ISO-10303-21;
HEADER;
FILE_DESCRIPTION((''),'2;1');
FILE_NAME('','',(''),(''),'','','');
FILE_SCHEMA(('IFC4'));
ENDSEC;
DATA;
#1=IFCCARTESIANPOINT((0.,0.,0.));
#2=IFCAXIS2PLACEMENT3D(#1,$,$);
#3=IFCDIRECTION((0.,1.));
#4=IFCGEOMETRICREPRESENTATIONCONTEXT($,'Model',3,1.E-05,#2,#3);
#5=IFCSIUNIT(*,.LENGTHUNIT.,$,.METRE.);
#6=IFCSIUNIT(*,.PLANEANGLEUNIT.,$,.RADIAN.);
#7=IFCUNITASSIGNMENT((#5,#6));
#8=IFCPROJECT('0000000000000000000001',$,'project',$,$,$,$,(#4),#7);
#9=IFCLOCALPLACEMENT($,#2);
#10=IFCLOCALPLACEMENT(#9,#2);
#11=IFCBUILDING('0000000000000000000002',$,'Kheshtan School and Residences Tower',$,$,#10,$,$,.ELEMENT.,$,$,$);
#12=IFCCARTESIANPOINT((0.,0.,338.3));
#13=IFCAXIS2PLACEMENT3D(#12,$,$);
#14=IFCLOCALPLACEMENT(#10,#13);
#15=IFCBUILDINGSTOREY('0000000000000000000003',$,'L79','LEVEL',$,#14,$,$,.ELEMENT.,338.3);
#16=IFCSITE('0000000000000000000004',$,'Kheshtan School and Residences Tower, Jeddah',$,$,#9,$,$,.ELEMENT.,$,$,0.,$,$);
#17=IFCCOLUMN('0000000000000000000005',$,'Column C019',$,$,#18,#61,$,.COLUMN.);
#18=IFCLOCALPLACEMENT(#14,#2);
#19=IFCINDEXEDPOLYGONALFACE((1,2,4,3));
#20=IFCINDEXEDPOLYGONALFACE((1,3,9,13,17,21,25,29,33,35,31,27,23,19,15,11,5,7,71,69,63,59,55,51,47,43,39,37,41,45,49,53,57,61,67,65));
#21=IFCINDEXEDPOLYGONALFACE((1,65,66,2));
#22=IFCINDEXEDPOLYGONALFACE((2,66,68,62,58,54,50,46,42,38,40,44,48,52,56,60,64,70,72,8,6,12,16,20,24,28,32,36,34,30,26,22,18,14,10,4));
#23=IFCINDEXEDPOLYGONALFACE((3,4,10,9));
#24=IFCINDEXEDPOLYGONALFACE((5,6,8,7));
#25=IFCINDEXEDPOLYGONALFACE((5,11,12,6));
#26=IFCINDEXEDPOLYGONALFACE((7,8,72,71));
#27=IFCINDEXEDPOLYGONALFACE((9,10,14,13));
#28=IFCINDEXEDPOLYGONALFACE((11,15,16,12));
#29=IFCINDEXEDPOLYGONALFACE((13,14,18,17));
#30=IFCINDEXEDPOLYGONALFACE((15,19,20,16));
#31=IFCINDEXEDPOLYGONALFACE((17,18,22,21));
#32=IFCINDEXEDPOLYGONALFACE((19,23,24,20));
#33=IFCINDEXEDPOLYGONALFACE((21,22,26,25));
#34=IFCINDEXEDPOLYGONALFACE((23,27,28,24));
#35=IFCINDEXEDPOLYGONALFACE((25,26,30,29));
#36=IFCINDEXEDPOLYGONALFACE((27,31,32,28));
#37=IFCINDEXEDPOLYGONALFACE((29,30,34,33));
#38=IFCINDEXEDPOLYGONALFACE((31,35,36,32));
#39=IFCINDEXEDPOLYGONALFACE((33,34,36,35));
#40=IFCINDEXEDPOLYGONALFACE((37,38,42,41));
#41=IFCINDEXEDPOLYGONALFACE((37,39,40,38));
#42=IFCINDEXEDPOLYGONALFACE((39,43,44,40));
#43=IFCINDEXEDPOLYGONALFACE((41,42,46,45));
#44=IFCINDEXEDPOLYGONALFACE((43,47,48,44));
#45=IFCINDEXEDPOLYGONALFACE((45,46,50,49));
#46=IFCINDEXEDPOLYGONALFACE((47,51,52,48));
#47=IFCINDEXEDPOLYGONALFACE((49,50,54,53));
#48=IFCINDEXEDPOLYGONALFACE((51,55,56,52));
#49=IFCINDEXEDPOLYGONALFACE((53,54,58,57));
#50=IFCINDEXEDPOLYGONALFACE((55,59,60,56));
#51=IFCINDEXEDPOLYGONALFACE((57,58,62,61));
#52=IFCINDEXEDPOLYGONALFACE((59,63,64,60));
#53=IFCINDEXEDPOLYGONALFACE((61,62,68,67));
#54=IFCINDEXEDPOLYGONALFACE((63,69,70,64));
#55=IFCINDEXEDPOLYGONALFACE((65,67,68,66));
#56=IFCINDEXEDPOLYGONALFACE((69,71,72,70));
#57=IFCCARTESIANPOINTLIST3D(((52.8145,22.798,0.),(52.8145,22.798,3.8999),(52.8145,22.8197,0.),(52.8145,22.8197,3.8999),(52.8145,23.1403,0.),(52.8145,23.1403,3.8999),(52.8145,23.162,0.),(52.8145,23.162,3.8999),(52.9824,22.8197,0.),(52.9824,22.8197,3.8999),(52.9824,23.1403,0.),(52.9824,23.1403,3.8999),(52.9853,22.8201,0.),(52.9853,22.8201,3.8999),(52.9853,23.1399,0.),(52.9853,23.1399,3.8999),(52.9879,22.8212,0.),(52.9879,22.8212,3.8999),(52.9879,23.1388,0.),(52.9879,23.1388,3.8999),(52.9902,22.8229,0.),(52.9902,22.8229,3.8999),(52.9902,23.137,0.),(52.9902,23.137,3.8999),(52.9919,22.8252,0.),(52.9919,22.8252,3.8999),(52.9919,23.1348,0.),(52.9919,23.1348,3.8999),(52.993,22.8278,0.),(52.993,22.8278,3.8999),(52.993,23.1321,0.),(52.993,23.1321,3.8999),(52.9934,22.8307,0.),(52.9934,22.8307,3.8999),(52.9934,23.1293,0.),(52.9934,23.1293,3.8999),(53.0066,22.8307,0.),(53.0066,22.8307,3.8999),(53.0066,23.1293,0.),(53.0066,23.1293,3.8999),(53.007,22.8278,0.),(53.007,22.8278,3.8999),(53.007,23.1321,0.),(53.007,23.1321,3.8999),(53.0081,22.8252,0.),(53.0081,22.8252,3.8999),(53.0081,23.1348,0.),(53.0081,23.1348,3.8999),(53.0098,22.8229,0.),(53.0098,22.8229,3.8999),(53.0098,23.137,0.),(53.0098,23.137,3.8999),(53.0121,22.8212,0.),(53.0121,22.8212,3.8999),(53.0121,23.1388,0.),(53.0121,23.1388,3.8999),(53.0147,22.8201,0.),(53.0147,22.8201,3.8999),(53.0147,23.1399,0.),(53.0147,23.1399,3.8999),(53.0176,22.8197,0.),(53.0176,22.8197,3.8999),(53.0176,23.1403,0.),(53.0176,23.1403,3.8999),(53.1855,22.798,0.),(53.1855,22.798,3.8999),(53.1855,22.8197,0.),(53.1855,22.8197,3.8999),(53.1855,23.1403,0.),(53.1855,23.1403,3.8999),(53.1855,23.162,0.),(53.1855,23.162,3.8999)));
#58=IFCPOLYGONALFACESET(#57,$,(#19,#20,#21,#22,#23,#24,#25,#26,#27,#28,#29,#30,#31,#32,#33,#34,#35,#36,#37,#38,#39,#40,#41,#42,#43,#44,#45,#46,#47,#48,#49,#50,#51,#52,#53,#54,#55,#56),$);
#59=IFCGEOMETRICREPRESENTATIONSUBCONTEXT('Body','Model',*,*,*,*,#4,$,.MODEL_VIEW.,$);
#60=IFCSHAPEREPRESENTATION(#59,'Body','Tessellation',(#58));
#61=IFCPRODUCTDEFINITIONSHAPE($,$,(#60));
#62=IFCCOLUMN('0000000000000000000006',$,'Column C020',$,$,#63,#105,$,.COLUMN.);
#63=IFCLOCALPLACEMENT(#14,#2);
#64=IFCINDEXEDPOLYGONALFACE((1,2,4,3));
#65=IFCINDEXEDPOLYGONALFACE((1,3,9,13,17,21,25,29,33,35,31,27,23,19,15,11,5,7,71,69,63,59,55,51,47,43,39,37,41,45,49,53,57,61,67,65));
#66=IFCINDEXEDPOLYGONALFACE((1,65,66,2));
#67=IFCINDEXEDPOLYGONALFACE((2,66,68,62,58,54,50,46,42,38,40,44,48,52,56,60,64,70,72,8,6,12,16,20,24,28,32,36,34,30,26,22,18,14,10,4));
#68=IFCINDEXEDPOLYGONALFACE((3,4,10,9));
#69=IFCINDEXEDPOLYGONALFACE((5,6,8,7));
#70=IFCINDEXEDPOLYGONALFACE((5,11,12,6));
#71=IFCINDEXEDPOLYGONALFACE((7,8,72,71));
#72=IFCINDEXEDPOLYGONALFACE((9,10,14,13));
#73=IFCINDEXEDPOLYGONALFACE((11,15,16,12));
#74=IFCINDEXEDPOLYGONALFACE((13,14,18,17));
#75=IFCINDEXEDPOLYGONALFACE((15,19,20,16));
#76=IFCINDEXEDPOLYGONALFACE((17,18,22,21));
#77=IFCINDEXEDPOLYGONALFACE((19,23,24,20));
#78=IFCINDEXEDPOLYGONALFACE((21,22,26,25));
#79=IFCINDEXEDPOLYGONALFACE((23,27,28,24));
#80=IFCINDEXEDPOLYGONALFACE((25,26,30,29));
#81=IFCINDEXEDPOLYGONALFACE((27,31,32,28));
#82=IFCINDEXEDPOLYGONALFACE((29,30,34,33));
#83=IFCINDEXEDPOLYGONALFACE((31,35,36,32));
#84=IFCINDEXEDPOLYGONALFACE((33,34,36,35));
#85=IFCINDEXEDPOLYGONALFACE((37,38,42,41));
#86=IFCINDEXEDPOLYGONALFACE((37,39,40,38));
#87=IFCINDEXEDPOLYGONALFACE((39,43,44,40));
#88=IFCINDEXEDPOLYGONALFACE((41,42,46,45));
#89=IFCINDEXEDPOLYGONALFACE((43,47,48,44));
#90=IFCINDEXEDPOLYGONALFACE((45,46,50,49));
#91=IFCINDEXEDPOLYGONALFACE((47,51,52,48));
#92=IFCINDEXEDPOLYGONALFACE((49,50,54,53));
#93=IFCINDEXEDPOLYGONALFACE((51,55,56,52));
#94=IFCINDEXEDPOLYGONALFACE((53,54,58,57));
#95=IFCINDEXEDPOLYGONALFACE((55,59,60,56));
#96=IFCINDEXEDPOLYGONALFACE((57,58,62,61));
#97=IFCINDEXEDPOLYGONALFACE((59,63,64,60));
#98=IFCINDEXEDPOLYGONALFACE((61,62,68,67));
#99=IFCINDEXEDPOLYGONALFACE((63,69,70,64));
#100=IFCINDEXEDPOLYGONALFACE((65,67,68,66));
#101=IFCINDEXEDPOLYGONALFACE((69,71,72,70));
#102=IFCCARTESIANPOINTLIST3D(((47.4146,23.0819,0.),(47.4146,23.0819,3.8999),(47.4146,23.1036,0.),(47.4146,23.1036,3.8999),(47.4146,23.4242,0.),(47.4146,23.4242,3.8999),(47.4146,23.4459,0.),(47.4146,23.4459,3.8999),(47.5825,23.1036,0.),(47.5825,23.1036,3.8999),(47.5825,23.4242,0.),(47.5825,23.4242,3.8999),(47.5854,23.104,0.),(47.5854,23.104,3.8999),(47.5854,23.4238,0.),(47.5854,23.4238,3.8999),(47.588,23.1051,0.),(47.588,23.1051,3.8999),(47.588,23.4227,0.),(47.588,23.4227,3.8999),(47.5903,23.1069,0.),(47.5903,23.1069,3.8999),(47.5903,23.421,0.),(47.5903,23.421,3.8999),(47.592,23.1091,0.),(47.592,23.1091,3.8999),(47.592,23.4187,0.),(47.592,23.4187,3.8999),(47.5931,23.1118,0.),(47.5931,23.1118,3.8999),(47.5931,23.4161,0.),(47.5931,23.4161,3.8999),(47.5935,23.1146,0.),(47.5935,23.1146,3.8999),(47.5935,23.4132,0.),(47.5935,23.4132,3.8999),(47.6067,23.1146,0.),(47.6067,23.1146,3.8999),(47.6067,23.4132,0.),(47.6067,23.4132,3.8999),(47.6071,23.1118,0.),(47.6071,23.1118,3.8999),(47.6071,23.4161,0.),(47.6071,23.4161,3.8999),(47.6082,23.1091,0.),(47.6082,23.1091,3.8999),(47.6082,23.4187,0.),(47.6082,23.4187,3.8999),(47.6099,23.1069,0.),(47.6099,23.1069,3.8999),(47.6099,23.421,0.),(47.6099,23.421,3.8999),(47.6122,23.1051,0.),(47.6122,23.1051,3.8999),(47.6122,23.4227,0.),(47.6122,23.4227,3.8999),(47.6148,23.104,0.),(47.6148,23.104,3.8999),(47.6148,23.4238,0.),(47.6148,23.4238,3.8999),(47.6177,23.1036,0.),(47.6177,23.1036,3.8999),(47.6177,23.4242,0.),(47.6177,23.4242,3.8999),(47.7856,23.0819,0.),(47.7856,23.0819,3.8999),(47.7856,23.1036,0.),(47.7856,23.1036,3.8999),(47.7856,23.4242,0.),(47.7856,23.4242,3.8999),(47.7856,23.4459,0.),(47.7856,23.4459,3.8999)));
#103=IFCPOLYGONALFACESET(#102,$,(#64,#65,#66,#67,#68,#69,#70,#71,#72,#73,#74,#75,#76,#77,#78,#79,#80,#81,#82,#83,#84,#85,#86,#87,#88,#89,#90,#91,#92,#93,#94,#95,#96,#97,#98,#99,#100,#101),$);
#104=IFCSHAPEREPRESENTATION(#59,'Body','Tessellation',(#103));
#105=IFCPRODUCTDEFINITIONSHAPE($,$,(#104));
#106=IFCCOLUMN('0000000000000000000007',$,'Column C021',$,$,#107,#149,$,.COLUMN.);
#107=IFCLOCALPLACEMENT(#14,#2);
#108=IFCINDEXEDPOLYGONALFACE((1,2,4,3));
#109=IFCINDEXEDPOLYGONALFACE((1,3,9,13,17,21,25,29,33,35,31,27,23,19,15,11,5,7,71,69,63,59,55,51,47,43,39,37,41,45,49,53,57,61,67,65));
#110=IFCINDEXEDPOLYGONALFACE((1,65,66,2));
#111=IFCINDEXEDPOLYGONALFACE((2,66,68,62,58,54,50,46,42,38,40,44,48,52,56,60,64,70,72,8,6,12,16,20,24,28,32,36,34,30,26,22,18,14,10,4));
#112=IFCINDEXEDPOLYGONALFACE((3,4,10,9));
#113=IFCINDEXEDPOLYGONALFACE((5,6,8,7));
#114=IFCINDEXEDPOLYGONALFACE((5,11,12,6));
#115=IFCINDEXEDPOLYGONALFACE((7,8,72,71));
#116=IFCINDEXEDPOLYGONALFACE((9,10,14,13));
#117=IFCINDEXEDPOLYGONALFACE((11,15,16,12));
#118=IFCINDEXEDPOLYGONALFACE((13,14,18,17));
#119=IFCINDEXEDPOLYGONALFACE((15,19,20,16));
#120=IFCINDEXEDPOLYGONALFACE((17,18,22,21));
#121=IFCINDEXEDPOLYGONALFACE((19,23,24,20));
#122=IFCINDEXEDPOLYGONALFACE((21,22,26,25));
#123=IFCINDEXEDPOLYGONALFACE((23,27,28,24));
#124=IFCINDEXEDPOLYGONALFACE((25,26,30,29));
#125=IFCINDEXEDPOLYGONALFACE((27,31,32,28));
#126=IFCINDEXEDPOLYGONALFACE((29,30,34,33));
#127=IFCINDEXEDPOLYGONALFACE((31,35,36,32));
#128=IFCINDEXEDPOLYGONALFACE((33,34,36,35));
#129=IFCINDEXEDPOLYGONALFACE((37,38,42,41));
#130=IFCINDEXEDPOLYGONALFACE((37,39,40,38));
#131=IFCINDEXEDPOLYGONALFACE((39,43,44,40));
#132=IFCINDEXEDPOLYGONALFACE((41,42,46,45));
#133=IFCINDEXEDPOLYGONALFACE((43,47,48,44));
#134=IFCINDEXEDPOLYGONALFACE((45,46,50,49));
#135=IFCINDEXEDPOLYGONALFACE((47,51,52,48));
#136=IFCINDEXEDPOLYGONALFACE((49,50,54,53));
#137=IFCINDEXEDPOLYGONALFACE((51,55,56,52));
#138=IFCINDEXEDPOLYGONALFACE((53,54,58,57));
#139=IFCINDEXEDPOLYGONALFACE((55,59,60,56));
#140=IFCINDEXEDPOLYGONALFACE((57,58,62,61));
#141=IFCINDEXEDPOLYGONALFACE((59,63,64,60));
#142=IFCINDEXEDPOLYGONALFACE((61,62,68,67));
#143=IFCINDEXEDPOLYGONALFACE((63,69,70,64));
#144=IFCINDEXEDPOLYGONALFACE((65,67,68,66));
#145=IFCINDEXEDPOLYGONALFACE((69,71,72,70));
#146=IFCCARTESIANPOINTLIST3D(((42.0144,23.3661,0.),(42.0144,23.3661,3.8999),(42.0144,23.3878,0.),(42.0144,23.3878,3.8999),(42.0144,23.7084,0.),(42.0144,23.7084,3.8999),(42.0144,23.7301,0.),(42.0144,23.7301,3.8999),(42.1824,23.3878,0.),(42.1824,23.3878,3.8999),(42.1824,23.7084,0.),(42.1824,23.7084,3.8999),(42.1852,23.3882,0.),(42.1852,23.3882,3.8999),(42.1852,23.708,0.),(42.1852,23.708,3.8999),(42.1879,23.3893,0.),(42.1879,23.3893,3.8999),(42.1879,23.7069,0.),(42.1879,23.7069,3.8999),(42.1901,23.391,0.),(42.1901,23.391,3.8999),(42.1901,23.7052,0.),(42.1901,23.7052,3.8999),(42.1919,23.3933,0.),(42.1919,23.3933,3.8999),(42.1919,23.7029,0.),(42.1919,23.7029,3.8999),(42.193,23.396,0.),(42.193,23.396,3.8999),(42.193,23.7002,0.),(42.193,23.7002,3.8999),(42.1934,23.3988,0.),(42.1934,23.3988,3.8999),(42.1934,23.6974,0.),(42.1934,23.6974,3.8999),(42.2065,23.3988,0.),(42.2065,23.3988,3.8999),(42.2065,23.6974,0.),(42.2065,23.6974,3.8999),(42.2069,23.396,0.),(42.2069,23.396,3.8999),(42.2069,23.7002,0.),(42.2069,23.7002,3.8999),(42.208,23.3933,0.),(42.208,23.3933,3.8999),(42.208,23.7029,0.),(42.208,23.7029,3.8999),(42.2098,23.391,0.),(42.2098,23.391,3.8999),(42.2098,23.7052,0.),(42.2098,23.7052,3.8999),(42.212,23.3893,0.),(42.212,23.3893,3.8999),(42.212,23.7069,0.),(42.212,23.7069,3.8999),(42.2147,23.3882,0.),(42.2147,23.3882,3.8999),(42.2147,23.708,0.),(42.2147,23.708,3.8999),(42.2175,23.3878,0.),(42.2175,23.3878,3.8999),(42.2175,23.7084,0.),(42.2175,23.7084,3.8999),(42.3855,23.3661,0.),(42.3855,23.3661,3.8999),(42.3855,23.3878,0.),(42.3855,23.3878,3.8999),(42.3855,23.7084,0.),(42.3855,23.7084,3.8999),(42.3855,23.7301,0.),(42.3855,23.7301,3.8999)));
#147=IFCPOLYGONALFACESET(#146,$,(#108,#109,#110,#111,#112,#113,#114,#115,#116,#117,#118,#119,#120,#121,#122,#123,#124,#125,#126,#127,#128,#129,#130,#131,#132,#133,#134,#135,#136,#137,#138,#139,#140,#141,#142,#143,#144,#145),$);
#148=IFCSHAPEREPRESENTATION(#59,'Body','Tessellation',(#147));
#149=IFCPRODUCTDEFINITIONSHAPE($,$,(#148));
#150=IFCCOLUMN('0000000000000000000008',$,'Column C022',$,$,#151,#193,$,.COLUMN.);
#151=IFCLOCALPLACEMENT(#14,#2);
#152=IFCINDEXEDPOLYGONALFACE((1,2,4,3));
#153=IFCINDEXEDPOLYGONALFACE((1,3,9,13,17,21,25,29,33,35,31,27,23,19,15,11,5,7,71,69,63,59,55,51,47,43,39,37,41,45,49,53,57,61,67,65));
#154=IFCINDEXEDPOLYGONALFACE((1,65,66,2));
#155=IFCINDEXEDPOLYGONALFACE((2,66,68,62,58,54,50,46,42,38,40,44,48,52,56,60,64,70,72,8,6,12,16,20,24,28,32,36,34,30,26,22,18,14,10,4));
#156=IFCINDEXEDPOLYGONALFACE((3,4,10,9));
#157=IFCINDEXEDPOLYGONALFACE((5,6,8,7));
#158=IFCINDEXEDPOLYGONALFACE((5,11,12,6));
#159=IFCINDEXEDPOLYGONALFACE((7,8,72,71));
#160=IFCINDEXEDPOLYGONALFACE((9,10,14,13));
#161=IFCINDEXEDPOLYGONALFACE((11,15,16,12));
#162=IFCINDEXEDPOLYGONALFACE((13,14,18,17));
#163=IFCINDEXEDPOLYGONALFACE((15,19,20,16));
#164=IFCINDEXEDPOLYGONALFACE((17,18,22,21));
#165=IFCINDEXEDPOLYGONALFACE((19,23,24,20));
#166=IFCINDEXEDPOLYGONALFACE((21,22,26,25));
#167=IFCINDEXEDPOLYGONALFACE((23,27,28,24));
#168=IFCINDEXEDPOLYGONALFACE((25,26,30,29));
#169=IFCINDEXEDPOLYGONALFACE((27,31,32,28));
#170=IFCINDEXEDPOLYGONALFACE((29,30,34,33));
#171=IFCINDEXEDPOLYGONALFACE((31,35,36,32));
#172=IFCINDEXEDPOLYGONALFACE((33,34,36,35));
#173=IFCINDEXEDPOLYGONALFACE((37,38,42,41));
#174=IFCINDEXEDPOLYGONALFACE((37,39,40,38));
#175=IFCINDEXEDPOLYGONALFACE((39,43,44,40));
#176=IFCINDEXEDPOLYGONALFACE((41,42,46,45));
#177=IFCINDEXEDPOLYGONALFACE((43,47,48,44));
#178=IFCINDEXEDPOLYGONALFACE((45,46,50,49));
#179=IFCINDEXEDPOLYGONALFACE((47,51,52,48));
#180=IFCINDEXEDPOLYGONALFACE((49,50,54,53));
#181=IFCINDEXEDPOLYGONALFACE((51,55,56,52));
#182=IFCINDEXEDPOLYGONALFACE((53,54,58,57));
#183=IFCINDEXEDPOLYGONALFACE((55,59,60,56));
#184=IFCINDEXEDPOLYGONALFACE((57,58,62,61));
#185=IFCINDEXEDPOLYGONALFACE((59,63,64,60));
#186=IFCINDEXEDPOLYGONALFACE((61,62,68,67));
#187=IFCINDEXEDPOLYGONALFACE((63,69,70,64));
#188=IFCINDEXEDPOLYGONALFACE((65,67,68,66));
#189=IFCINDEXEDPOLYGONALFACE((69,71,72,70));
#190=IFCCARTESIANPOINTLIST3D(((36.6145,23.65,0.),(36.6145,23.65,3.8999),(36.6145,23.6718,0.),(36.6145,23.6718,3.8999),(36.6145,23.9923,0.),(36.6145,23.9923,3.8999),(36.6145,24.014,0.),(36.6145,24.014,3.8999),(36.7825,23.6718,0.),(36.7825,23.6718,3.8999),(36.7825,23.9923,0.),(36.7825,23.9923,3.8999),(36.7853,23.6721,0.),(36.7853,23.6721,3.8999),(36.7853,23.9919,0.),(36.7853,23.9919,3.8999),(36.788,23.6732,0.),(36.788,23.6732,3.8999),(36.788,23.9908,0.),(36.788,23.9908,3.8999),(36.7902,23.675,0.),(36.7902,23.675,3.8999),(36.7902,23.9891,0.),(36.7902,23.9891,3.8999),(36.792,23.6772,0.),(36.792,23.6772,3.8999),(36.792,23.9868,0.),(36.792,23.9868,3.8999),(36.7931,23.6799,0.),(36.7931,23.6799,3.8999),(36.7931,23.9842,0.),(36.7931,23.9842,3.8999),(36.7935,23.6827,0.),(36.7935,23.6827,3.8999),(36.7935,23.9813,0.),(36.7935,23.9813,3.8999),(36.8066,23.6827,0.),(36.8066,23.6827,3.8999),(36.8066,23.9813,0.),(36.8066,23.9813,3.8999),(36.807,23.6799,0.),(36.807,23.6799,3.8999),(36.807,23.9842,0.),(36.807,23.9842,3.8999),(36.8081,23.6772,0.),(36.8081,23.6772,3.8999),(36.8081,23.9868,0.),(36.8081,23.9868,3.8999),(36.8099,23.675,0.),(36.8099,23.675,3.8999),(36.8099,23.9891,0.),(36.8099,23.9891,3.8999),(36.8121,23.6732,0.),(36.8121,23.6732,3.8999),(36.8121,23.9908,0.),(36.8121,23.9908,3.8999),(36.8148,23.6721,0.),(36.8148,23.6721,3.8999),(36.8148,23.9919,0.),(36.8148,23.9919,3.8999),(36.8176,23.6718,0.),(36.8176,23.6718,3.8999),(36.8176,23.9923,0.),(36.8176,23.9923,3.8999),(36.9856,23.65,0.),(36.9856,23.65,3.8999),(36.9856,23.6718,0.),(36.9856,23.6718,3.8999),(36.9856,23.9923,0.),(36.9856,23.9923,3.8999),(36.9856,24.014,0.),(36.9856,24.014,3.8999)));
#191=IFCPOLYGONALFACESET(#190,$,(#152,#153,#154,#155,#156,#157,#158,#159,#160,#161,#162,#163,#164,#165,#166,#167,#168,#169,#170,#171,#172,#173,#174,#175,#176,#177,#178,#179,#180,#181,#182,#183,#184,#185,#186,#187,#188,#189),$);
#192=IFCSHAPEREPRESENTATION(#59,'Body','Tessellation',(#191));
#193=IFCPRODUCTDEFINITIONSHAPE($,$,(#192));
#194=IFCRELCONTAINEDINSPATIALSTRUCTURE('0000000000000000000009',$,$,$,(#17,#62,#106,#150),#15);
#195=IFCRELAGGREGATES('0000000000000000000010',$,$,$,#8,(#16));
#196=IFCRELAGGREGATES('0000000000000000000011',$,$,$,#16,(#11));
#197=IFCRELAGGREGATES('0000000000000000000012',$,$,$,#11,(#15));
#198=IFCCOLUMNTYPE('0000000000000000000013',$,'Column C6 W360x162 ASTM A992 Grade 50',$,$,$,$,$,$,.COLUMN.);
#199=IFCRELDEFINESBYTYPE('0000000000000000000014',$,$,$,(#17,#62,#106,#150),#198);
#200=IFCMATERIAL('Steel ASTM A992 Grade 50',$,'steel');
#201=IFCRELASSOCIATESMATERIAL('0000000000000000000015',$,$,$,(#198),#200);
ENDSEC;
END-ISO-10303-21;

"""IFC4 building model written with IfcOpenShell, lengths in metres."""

from ifc_helpers import new_model, si_unit, direction, frame, origin, origin_2d, place, context, subcontext, project, spatial, i_section, extrude, material, material_profile, profile_set, type_object, element, save


model = new_model("IFC4")

# Units and contexts
model_context = context("Model", 3, precision=1e-05, world=origin(), true_north=direction((0.0, 1.0)))
body_context = subcontext(model_context, "Body", "Model", "MODEL_VIEW")
ifc_project = project(units=[si_unit("LENGTHUNIT", "METRE"), si_unit("PLANEANGLEUNIT", "RADIAN")], contexts=[model_context])

# Site, building, storey
site_placement = place(None, origin())
site = spatial("IfcSite", under=ifc_project, at=site_placement, Name="Kheshtan School and Residences Tower, Jeddah", CompositionType="ELEMENT", RefElevation=0.0)
building_placement = place(site_placement, origin())
building = spatial("IfcBuilding", under=site, at=building_placement, Name="Kheshtan School and Residences Tower", CompositionType="ELEMENT")
storey_placement = place(building_placement, frame((0.0, 0.0, 338.3)))
storey = spatial("IfcBuildingStorey", under=building, at=storey_placement, Name="L79", Description="LEVEL", CompositionType="ELEMENT", Elevation=338.3)

# Columns
ifc_material_1 = material(Name="Steel ASTM A992 Grade 50", Category="steel")
ifc_material_profile_1 = material_profile(ifc_material_1, i_section(OverallWidth=0.3711, OverallDepth=0.364, WebThickness=0.0132, FlangeThickness=0.0217, FilletRadius=0.011, at=origin_2d()), Name="W360x162")
ifc_profile_set_1 = profile_set([ifc_material_profile_1], Name="Steel ASTM A992 Grade 50")
column_type = type_object("IfcColumnType", Name="Column C6 W360x162 ASTM A992 Grade 50", PredefinedType="COLUMN", material=ifc_profile_set_1)
for number, where, z_axis, x_axis, name in (
    (1, (53.0, 22.98, 0.0), (0.0, 0.0, 1.0), (1.0, 0.0, 0.0), "Column C019"),
    (2, (47.6001, 23.2639, 0.0), (0.0, 0.0, 1.0), (1.0, 0.0, 0.0), "Column C020"),
    (3, (42.2, 23.5481, 0.0), (0.0, 0.0, 1.0), (1.0, 0.0, 0.0), "Column C021"),
    (4, (36.8, 23.832, 0.0), (0.0, 0.0, 1.0), (1.0, 0.0, 0.0), "Column C022"),
):
    element("IfcColumn", number, at=place(storey_placement, frame(where, z_axis=z_axis, x_axis=x_axis)), inside=storey, type_object=column_type, Name=name, PredefinedType="COLUMN", context=body_context, shape_type="SweptSolid", body=[
        extrude(i_section(OverallWidth=0.3711, OverallDepth=0.364, WebThickness=0.0132, FlangeThickness=0.0217, FilletRadius=0.011, at=origin_2d()), origin(), (0.0, 0.0, 1.0), 3.8999),
    ])

save(model, "model.ifc")
